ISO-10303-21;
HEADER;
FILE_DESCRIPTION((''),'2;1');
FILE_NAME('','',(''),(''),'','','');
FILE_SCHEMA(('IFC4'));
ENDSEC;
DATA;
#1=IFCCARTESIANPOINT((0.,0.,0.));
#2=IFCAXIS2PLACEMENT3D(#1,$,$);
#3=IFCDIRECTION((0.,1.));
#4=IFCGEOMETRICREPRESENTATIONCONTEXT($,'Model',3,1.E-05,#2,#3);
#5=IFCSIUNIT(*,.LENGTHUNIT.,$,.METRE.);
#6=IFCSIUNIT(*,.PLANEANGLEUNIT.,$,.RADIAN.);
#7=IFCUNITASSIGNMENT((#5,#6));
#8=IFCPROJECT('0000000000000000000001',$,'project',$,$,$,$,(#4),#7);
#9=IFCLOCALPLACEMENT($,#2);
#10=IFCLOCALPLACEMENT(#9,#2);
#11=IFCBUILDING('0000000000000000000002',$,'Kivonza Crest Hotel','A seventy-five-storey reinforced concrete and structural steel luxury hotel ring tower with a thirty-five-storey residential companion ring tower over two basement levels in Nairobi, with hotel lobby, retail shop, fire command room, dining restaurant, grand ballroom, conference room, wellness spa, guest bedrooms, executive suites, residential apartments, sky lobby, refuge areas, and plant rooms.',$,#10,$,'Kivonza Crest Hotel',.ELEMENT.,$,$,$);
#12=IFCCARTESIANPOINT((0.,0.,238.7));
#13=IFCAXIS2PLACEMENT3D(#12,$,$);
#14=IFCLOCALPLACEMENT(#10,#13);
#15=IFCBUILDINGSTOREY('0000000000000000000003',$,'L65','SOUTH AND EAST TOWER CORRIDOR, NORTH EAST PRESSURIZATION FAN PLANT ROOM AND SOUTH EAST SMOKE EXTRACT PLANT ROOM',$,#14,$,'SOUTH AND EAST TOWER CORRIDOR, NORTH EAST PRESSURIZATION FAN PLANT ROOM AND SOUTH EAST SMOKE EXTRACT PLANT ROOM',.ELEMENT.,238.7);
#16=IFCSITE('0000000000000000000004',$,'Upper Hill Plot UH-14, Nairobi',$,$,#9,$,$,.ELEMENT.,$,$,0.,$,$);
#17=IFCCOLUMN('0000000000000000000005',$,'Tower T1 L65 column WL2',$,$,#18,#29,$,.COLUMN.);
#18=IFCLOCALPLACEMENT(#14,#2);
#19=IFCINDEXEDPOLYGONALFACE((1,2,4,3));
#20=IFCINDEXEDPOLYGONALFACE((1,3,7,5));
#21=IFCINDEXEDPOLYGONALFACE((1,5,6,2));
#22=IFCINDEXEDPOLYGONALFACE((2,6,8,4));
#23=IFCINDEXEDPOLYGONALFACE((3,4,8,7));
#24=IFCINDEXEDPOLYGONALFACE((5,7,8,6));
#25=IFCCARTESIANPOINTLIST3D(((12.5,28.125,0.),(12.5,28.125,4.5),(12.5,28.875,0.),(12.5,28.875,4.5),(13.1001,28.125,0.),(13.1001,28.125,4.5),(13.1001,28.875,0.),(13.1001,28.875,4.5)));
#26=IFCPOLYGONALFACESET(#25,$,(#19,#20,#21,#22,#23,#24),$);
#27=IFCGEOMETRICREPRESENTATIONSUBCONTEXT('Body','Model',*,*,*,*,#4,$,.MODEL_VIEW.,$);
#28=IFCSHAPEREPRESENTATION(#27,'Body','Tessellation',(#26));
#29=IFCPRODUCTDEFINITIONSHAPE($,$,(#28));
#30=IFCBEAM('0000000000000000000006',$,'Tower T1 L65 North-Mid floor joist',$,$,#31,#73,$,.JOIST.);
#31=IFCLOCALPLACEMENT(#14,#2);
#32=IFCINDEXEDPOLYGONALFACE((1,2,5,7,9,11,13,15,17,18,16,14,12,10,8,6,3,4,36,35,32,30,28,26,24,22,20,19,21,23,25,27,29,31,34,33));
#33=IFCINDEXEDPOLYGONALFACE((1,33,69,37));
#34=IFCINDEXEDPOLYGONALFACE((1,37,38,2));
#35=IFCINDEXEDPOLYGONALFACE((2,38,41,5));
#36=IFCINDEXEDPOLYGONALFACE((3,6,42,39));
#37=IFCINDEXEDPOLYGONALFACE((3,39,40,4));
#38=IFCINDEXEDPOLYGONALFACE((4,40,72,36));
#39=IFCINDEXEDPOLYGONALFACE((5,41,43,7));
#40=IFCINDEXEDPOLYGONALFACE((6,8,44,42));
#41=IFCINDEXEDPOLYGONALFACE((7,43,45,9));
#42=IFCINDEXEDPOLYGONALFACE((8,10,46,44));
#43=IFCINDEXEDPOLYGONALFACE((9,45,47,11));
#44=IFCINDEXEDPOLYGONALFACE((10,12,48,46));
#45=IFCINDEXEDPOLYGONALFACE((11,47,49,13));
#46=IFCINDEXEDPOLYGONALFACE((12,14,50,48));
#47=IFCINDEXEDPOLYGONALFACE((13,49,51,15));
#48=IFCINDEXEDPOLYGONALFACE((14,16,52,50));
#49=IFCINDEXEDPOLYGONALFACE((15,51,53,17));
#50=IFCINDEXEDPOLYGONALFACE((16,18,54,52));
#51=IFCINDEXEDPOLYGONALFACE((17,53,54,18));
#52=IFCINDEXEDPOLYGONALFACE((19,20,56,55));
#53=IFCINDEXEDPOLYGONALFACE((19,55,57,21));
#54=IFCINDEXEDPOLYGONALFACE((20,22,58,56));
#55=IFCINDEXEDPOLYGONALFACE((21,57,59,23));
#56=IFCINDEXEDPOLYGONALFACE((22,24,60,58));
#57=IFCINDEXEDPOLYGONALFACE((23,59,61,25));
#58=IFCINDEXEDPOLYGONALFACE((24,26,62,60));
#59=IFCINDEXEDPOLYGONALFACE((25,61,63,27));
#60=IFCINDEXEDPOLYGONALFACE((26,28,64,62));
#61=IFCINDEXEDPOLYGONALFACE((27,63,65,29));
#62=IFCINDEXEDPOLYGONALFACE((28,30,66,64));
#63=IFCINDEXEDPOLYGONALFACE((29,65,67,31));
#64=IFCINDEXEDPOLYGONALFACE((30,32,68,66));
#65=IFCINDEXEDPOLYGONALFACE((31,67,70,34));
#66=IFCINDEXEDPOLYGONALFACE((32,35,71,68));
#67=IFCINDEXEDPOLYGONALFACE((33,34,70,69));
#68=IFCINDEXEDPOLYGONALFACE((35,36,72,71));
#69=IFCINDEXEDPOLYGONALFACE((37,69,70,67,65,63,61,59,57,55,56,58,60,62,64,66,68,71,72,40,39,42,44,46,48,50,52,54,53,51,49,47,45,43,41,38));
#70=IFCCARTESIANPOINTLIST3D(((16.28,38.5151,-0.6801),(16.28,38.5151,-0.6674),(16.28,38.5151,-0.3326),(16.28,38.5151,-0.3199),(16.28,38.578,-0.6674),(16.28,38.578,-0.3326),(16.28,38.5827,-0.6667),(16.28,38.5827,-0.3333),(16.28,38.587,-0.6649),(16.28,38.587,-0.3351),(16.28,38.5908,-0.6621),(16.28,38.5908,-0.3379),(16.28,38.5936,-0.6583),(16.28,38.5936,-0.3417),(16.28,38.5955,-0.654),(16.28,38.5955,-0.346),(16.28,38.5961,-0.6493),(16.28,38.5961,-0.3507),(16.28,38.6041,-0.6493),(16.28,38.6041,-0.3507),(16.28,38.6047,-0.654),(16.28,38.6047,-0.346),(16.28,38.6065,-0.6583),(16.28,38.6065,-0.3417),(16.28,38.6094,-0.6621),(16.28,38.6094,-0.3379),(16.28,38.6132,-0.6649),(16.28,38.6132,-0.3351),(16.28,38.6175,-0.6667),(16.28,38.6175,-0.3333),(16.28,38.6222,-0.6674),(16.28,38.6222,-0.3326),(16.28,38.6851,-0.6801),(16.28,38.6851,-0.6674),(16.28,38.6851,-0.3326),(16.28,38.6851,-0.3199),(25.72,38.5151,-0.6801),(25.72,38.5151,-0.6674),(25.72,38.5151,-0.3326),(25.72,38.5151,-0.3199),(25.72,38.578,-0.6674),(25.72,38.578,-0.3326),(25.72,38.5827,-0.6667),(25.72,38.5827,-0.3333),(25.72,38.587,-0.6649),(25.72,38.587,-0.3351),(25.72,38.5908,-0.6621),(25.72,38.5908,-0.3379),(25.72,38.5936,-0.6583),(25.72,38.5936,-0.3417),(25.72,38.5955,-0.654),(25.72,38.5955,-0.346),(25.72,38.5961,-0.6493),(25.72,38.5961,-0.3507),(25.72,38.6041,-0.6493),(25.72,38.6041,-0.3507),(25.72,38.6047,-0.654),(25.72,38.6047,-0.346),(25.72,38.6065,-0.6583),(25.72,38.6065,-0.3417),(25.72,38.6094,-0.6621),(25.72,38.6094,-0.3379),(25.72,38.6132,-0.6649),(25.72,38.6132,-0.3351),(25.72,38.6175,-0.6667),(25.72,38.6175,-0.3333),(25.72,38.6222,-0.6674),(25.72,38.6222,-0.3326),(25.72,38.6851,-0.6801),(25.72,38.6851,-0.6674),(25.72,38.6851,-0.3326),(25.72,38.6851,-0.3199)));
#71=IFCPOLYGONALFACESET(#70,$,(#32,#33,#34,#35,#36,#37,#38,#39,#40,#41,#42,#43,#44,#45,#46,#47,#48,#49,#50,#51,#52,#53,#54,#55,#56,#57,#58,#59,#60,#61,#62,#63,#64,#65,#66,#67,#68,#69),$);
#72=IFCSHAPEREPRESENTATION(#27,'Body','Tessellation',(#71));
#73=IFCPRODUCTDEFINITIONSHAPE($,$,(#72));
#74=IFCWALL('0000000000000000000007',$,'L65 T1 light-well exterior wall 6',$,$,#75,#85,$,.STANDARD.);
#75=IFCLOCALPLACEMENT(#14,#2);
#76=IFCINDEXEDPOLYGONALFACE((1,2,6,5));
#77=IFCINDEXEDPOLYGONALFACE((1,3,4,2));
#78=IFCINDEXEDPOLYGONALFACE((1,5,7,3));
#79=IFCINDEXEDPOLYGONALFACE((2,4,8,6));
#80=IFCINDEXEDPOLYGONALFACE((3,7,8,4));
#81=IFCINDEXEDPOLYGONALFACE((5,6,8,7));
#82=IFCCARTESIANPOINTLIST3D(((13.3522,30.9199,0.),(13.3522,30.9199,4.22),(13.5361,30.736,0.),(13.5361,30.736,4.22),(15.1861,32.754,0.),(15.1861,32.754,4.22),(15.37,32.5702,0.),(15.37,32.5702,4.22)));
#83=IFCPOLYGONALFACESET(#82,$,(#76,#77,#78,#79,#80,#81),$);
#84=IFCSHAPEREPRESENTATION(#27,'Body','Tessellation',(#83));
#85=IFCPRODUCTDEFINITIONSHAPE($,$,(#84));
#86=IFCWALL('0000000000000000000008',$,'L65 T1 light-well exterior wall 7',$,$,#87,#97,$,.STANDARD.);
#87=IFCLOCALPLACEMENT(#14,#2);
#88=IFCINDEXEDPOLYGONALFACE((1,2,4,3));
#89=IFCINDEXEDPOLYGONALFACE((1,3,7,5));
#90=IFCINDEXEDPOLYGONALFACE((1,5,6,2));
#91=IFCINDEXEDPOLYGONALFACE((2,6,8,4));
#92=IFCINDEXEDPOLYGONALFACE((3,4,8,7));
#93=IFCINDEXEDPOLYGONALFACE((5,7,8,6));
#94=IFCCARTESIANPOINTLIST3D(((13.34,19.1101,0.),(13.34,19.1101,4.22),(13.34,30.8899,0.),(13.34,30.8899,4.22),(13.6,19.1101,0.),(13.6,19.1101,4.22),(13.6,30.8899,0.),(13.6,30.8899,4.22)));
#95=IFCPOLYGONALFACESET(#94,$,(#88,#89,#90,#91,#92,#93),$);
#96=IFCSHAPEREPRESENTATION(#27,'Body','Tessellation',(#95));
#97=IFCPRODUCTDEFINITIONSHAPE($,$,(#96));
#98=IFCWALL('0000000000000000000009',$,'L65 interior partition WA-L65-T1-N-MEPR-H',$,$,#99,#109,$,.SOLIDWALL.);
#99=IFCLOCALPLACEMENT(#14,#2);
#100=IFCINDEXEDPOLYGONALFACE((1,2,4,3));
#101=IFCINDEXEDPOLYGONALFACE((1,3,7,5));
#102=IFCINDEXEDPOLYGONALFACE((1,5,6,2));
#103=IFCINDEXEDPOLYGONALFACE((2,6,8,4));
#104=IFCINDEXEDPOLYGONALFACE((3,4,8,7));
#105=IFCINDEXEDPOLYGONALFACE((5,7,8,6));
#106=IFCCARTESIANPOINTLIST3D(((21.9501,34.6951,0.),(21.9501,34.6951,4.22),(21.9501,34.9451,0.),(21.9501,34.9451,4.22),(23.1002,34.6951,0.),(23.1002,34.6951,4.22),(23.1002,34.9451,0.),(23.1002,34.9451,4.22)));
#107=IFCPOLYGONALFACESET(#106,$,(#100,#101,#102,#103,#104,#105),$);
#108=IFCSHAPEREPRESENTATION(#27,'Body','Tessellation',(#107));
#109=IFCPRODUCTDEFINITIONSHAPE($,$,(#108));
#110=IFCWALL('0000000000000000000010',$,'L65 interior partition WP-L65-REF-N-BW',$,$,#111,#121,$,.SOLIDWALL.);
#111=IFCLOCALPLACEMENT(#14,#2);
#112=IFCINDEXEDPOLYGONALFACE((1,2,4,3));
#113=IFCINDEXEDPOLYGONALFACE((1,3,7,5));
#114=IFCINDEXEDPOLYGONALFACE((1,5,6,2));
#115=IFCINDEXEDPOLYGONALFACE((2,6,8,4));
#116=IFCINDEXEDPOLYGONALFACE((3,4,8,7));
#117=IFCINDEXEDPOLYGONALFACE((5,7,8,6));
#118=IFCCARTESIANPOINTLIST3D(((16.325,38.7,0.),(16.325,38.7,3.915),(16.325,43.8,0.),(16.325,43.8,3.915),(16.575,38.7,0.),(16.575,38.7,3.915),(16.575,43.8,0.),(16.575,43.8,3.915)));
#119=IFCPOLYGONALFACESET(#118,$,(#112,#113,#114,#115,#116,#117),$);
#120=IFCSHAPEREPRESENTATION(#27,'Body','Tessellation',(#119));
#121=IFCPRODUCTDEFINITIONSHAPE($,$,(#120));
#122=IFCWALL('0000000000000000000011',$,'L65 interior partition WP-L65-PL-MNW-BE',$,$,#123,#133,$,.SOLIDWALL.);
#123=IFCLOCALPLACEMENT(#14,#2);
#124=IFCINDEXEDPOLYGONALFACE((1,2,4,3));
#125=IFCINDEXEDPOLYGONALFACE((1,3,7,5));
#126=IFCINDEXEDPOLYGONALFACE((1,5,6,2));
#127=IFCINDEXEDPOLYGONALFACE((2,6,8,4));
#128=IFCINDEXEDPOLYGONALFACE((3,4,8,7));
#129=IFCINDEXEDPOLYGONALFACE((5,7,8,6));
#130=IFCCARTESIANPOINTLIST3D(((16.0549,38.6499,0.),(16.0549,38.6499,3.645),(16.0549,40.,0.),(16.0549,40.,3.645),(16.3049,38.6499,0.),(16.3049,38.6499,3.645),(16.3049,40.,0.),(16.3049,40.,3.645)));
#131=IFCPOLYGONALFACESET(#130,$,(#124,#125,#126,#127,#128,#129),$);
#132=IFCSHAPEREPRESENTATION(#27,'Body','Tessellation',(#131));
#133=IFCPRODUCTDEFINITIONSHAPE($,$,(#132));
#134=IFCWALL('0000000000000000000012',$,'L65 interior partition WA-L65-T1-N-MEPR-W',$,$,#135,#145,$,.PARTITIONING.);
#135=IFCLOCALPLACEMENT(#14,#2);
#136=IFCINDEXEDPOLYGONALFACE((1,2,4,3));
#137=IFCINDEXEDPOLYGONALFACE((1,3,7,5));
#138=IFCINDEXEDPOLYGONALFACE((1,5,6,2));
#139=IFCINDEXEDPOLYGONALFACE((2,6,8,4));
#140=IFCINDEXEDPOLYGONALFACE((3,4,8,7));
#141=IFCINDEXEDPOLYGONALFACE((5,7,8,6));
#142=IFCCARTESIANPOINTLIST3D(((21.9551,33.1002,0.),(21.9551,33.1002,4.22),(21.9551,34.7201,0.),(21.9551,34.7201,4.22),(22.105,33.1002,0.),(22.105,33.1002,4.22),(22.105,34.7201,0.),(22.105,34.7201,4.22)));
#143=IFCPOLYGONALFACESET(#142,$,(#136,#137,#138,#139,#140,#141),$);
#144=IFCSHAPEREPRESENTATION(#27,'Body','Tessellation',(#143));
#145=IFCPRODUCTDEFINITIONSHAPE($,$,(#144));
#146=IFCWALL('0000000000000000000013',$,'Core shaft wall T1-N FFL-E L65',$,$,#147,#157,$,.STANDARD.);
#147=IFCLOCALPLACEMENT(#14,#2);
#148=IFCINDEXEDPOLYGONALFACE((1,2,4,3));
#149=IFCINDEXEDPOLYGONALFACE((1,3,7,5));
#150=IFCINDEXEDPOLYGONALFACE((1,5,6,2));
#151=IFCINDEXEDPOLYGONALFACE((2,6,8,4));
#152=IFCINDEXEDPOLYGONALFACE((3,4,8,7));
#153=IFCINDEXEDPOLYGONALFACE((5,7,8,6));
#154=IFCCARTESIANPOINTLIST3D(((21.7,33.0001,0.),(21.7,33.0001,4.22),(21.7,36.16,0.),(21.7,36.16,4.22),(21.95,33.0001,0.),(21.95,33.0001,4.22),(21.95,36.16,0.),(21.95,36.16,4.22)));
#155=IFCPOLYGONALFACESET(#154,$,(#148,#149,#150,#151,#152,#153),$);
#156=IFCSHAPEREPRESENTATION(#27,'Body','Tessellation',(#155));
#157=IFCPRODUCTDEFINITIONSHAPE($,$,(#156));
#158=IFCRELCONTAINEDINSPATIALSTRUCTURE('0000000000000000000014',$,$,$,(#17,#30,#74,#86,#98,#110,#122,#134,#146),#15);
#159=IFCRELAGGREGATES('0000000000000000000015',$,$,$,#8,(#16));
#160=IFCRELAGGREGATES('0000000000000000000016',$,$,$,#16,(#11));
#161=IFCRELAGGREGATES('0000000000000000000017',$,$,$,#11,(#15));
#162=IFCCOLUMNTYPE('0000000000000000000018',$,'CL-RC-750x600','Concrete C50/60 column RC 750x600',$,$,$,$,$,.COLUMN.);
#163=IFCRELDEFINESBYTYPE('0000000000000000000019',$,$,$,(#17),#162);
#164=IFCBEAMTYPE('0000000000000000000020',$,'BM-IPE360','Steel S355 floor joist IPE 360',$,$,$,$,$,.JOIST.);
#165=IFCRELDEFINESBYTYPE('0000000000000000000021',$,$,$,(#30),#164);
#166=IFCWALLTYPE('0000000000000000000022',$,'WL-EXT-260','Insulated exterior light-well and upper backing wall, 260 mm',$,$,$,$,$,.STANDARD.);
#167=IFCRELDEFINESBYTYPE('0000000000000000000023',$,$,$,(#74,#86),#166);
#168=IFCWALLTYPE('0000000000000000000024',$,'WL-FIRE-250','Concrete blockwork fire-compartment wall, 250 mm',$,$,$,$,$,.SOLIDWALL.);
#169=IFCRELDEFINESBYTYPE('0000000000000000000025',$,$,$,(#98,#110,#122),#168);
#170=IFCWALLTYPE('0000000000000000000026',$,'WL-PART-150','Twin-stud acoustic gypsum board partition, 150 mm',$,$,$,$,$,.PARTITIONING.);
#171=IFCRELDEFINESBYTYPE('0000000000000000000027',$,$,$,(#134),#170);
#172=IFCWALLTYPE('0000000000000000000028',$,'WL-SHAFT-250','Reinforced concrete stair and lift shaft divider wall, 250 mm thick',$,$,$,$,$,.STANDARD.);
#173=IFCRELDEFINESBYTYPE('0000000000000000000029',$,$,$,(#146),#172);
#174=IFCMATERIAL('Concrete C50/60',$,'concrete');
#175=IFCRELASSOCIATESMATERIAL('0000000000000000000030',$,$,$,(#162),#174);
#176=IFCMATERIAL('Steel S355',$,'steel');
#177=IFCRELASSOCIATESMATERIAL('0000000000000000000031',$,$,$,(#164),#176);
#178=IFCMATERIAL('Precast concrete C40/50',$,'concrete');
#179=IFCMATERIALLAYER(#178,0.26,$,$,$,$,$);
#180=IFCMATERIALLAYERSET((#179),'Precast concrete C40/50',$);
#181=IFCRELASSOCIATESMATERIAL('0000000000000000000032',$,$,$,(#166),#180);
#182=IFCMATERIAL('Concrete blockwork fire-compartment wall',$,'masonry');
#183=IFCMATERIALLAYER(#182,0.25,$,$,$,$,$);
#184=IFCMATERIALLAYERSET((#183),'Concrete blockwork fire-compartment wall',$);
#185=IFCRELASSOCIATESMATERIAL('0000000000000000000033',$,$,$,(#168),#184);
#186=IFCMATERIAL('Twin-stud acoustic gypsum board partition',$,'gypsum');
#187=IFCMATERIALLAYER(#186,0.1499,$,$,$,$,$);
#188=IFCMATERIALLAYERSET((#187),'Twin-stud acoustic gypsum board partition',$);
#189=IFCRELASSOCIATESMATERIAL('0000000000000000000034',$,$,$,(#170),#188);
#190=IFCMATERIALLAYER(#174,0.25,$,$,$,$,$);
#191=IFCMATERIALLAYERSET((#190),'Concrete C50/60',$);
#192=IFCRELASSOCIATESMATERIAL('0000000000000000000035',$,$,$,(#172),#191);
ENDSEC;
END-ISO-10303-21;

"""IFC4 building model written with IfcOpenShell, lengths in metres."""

from ifc_helpers import new_model, si_unit, direction, frame, frame_2d, origin, origin_2d, place, context, subcontext, project, spatial, rectangle, i_section, extrude, material, layer, layer_set, material_profile, profile_set, type_object, element, save


model = new_model("IFC4")

# Units and contexts
model_context = context("Model", 3, precision=1e-05, world=origin(), true_north=direction((0.0, 1.0)))
body_context = subcontext(model_context, "Body", "Model", "MODEL_VIEW")
ifc_project = project(units=[si_unit("LENGTHUNIT", "METRE"), si_unit("PLANEANGLEUNIT", "RADIAN")], contexts=[model_context])

# Site, building, storey
site_placement = place(None, origin())
site = spatial("IfcSite", under=ifc_project, at=site_placement, Name="Upper Hill Plot UH-14, Nairobi", CompositionType="ELEMENT", RefElevation=0.0)
building_placement = place(site_placement, origin())
building = spatial("IfcBuilding", under=site, at=building_placement, Name="Kivonza Crest Hotel", Description="A seventy-five-storey reinforced concrete and structural steel luxury hotel ring tower with a thirty-five-storey residential companion ring tower over two basement levels in Nairobi, with hotel lobby, retail shop, fire command room, dining restaurant, grand ballroom, conference room, wellness spa, guest bedrooms, executive suites, residential apartments, sky lobby, refuge areas, and plant rooms.", LongName="Kivonza Crest Hotel", CompositionType="ELEMENT")
storey_placement = place(building_placement, frame((0.0, 0.0, 238.7)))
storey = spatial("IfcBuildingStorey", under=building, at=storey_placement, Name="L65", Description="SOUTH AND EAST TOWER CORRIDOR, NORTH EAST PRESSURIZATION FAN PLANT ROOM AND SOUTH EAST SMOKE EXTRACT PLANT ROOM", LongName="SOUTH AND EAST TOWER CORRIDOR, NORTH EAST PRESSURIZATION FAN PLANT ROOM AND SOUTH EAST SMOKE EXTRACT PLANT ROOM", CompositionType="ELEMENT", Elevation=238.7)

# Column
ifc_material_1 = material(Name="Concrete C50/60", Category="concrete")
ifc_material_profile_1 = material_profile(ifc_material_1, rectangle(XDim=0.6001, YDim=0.75, at=origin_2d()), Name="RC 750x600")
ifc_profile_set_1 = profile_set([ifc_material_profile_1], Name="Concrete C50/60")
column_type = type_object("IfcColumnType", Name="CL-RC-750x600", Description="Concrete C50/60 column RC 750x600", PredefinedType="COLUMN", material=ifc_profile_set_1)
column_placement = place(storey_placement, frame((12.8, 28.5, 0.0), z_axis=(0.0, 0.0, 1.0), x_axis=(1.0, 0.0, 0.0)))
element("IfcColumn", 1, at=column_placement, inside=storey, type_object=column_type, Name="Tower T1 L65 column WL2", PredefinedType="COLUMN", context=body_context, shape_type="SweptSolid", body=[
    extrude(rectangle(XDim=0.6001, YDim=0.75, at=origin_2d()), origin(), (0.0, 0.0, 1.0), 4.5),
])

# Beam
ifc_material_2 = material(Name="Steel S355", Category="steel")
ifc_material_profile_2 = material_profile(ifc_material_2, i_section(OverallWidth=0.1699, OverallDepth=0.3601, WebThickness=0.0081, FlangeThickness=0.0127, FilletRadius=0.0181, at=origin_2d()), Name="IPE 360")
ifc_profile_set_2 = profile_set([ifc_material_profile_2], Name="Steel S355")
beam_type = type_object("IfcBeamType", Name="BM-IPE360", Description="Steel S355 floor joist IPE 360", PredefinedType="JOIST", material=ifc_profile_set_2)
beam_placement = place(storey_placement, frame((16.28, 38.6001, -0.5), z_axis=(1.0, 0.0, 0.0), x_axis=(0.0, 1.0, 0.0)))
element("IfcBeam", 2, at=beam_placement, inside=storey, type_object=beam_type, Name="Tower T1 L65 North-Mid floor joist", PredefinedType="JOIST", context=body_context, shape_type="SweptSolid", body=[
    extrude(i_section(OverallWidth=0.1699, OverallDepth=0.3601, WebThickness=0.0081, FlangeThickness=0.0127, FilletRadius=0.0181, at=origin_2d()), origin(), (0.0, 0.0, 1.0), 9.4399),
])

# Walls
ifc_material_3 = material(Name="Precast concrete C40/50", Category="concrete")
ifc_layer_1 = layer(ifc_material_3, 0.26)
ifc_layer_set_1 = layer_set([ifc_layer_1], Name="Precast concrete C40/50")
wall_type_1 = type_object("IfcWallType", Name="WL-EXT-260", Description="Insulated exterior light-well and upper backing wall, 260 mm", PredefinedType="STANDARD", material=ifc_layer_set_1)
wall_1_placement = place(storey_placement, frame((15.2781, 32.6621, 0.0), z_axis=(0.0, 0.0, 1.0), x_axis=(-0.70706, -0.707154, 0.0)))
element("IfcWall", 3, at=wall_1_placement, inside=storey, type_object=wall_type_1, Name="L65 T1 light-well exterior wall 6", PredefinedType="STANDARD", context=body_context, shape_type="SweptSolid", body=[
    extrude(rectangle(XDim=2.5938, YDim=0.26, at=frame_2d((1.2969, 0.0))), origin(), (0.0, 0.0, 1.0), 4.22),
])
wall_2_placement = place(storey_placement, frame((13.47, 30.8899, 0.0), z_axis=(0.0, 0.0, 1.0), x_axis=(0.0, -1.0, 0.0)))
element("IfcWall", 4, at=wall_2_placement, inside=storey, type_object=wall_type_1, Name="L65 T1 light-well exterior wall 7", PredefinedType="STANDARD", context=body_context, shape_type="SweptSolid", body=[
    extrude(rectangle(XDim=11.7798, YDim=0.26, at=frame_2d((5.8899, 0.0))), origin(), (0.0, 0.0, 1.0), 4.22),
])
ifc_material_4 = material(Name="Concrete blockwork fire-compartment wall", Category="masonry")
ifc_layer_2 = layer(ifc_material_4, 0.25)
ifc_layer_set_2 = layer_set([ifc_layer_2], Name="Concrete blockwork fire-compartment wall")
wall_type_2 = type_object("IfcWallType", Name="WL-FIRE-250", Description="Concrete blockwork fire-compartment wall, 250 mm", PredefinedType="SOLIDWALL", material=ifc_layer_set_2)
wall_3_placement = place(storey_placement, frame((21.95, 34.8201, 0.0), z_axis=(0.0, 0.0, 1.0), x_axis=(1.0, 0.0, 0.0)))
element("IfcWall", 5, at=wall_3_placement, inside=storey, type_object=wall_type_2, Name="L65 interior partition WA-L65-T1-N-MEPR-H", PredefinedType="SOLIDWALL", context=body_context, shape_type="SweptSolid", body=[
    extrude(rectangle(XDim=1.1501, YDim=0.25, at=frame_2d((0.5752, 0.0))), origin(), (0.0, 0.0, 1.0), 4.22),
])
wall_4_placement = place(storey_placement, frame((16.45, 38.7, 0.0), z_axis=(0.0, 0.0, 1.0), x_axis=(0.0, 1.0, 0.0)))
element("IfcWall", 6, at=wall_4_placement, inside=storey, type_object=wall_type_2, Name="L65 interior partition WP-L65-REF-N-BW", PredefinedType="SOLIDWALL", context=body_context, shape_type="SweptSolid", body=[
    extrude(rectangle(XDim=5.1001, YDim=0.25, at=frame_2d((2.55, 0.0))), origin(), (0.0, 0.0, 1.0), 3.915),
])
wall_5_placement = place(storey_placement, frame((16.1799, 38.6499, 0.0), z_axis=(0.0, 0.0, 1.0), x_axis=(0.0, 1.0, 0.0)))
element("IfcWall", 7, at=wall_5_placement, inside=storey, type_object=wall_type_2, Name="L65 interior partition WP-L65-PL-MNW-BE", PredefinedType="SOLIDWALL", context=body_context, shape_type="SweptSolid", body=[
    extrude(rectangle(XDim=1.3501, YDim=0.25, at=frame_2d((0.675, 0.0))), origin(), (0.0, 0.0, 1.0), 3.645),
])
ifc_material_5 = material(Name="Twin-stud acoustic gypsum board partition", Category="gypsum")
ifc_layer_3 = layer(ifc_material_5, 0.1499)
ifc_layer_set_3 = layer_set([ifc_layer_3], Name="Twin-stud acoustic gypsum board partition")
wall_type_3 = type_object("IfcWallType", Name="WL-PART-150", Description="Twin-stud acoustic gypsum board partition, 150 mm", PredefinedType="PARTITIONING", material=ifc_layer_set_3)
wall_6_placement = place(storey_placement, frame((22.03, 33.1001, 0.0), z_axis=(0.0, 0.0, 1.0), x_axis=(0.0, 1.0, 0.0)))
element("IfcWall", 8, at=wall_6_placement, inside=storey, type_object=wall_type_3, Name="L65 interior partition WA-L65-T1-N-MEPR-W", PredefinedType="PARTITIONING", context=body_context, shape_type="SweptSolid", body=[
    extrude(rectangle(XDim=1.6199, YDim=0.1499, at=frame_2d((0.8101, 0.0))), origin(), (0.0, 0.0, 1.0), 4.22),
])

# Shared definitions
ifc_layer_4 = layer(ifc_material_1, 0.25)
ifc_layer_set_4 = layer_set([ifc_layer_4], Name="Concrete C50/60")
wall_type_4 = type_object("IfcWallType", Name="WL-SHAFT-250", Description="Reinforced concrete stair and lift shaft divider wall, 250 mm thick", PredefinedType="STANDARD", material=ifc_layer_set_4)

# Wall
wall_7_placement = place(storey_placement, frame((21.825, 33.0, 0.0), z_axis=(0.0, 0.0, 1.0), x_axis=(0.0, 1.0, 0.0)))
element("IfcWall", 9, at=wall_7_placement, inside=storey, type_object=wall_type_4, Name="Core shaft wall T1-N FFL-E L65", PredefinedType="STANDARD", context=body_context, shape_type="SweptSolid", body=[
    extrude(rectangle(XDim=3.1599, YDim=0.25, at=frame_2d((1.5801, 0.0))), origin(), (0.0, 0.0, 1.0), 4.22),
])

save(model, "model.ifc")
